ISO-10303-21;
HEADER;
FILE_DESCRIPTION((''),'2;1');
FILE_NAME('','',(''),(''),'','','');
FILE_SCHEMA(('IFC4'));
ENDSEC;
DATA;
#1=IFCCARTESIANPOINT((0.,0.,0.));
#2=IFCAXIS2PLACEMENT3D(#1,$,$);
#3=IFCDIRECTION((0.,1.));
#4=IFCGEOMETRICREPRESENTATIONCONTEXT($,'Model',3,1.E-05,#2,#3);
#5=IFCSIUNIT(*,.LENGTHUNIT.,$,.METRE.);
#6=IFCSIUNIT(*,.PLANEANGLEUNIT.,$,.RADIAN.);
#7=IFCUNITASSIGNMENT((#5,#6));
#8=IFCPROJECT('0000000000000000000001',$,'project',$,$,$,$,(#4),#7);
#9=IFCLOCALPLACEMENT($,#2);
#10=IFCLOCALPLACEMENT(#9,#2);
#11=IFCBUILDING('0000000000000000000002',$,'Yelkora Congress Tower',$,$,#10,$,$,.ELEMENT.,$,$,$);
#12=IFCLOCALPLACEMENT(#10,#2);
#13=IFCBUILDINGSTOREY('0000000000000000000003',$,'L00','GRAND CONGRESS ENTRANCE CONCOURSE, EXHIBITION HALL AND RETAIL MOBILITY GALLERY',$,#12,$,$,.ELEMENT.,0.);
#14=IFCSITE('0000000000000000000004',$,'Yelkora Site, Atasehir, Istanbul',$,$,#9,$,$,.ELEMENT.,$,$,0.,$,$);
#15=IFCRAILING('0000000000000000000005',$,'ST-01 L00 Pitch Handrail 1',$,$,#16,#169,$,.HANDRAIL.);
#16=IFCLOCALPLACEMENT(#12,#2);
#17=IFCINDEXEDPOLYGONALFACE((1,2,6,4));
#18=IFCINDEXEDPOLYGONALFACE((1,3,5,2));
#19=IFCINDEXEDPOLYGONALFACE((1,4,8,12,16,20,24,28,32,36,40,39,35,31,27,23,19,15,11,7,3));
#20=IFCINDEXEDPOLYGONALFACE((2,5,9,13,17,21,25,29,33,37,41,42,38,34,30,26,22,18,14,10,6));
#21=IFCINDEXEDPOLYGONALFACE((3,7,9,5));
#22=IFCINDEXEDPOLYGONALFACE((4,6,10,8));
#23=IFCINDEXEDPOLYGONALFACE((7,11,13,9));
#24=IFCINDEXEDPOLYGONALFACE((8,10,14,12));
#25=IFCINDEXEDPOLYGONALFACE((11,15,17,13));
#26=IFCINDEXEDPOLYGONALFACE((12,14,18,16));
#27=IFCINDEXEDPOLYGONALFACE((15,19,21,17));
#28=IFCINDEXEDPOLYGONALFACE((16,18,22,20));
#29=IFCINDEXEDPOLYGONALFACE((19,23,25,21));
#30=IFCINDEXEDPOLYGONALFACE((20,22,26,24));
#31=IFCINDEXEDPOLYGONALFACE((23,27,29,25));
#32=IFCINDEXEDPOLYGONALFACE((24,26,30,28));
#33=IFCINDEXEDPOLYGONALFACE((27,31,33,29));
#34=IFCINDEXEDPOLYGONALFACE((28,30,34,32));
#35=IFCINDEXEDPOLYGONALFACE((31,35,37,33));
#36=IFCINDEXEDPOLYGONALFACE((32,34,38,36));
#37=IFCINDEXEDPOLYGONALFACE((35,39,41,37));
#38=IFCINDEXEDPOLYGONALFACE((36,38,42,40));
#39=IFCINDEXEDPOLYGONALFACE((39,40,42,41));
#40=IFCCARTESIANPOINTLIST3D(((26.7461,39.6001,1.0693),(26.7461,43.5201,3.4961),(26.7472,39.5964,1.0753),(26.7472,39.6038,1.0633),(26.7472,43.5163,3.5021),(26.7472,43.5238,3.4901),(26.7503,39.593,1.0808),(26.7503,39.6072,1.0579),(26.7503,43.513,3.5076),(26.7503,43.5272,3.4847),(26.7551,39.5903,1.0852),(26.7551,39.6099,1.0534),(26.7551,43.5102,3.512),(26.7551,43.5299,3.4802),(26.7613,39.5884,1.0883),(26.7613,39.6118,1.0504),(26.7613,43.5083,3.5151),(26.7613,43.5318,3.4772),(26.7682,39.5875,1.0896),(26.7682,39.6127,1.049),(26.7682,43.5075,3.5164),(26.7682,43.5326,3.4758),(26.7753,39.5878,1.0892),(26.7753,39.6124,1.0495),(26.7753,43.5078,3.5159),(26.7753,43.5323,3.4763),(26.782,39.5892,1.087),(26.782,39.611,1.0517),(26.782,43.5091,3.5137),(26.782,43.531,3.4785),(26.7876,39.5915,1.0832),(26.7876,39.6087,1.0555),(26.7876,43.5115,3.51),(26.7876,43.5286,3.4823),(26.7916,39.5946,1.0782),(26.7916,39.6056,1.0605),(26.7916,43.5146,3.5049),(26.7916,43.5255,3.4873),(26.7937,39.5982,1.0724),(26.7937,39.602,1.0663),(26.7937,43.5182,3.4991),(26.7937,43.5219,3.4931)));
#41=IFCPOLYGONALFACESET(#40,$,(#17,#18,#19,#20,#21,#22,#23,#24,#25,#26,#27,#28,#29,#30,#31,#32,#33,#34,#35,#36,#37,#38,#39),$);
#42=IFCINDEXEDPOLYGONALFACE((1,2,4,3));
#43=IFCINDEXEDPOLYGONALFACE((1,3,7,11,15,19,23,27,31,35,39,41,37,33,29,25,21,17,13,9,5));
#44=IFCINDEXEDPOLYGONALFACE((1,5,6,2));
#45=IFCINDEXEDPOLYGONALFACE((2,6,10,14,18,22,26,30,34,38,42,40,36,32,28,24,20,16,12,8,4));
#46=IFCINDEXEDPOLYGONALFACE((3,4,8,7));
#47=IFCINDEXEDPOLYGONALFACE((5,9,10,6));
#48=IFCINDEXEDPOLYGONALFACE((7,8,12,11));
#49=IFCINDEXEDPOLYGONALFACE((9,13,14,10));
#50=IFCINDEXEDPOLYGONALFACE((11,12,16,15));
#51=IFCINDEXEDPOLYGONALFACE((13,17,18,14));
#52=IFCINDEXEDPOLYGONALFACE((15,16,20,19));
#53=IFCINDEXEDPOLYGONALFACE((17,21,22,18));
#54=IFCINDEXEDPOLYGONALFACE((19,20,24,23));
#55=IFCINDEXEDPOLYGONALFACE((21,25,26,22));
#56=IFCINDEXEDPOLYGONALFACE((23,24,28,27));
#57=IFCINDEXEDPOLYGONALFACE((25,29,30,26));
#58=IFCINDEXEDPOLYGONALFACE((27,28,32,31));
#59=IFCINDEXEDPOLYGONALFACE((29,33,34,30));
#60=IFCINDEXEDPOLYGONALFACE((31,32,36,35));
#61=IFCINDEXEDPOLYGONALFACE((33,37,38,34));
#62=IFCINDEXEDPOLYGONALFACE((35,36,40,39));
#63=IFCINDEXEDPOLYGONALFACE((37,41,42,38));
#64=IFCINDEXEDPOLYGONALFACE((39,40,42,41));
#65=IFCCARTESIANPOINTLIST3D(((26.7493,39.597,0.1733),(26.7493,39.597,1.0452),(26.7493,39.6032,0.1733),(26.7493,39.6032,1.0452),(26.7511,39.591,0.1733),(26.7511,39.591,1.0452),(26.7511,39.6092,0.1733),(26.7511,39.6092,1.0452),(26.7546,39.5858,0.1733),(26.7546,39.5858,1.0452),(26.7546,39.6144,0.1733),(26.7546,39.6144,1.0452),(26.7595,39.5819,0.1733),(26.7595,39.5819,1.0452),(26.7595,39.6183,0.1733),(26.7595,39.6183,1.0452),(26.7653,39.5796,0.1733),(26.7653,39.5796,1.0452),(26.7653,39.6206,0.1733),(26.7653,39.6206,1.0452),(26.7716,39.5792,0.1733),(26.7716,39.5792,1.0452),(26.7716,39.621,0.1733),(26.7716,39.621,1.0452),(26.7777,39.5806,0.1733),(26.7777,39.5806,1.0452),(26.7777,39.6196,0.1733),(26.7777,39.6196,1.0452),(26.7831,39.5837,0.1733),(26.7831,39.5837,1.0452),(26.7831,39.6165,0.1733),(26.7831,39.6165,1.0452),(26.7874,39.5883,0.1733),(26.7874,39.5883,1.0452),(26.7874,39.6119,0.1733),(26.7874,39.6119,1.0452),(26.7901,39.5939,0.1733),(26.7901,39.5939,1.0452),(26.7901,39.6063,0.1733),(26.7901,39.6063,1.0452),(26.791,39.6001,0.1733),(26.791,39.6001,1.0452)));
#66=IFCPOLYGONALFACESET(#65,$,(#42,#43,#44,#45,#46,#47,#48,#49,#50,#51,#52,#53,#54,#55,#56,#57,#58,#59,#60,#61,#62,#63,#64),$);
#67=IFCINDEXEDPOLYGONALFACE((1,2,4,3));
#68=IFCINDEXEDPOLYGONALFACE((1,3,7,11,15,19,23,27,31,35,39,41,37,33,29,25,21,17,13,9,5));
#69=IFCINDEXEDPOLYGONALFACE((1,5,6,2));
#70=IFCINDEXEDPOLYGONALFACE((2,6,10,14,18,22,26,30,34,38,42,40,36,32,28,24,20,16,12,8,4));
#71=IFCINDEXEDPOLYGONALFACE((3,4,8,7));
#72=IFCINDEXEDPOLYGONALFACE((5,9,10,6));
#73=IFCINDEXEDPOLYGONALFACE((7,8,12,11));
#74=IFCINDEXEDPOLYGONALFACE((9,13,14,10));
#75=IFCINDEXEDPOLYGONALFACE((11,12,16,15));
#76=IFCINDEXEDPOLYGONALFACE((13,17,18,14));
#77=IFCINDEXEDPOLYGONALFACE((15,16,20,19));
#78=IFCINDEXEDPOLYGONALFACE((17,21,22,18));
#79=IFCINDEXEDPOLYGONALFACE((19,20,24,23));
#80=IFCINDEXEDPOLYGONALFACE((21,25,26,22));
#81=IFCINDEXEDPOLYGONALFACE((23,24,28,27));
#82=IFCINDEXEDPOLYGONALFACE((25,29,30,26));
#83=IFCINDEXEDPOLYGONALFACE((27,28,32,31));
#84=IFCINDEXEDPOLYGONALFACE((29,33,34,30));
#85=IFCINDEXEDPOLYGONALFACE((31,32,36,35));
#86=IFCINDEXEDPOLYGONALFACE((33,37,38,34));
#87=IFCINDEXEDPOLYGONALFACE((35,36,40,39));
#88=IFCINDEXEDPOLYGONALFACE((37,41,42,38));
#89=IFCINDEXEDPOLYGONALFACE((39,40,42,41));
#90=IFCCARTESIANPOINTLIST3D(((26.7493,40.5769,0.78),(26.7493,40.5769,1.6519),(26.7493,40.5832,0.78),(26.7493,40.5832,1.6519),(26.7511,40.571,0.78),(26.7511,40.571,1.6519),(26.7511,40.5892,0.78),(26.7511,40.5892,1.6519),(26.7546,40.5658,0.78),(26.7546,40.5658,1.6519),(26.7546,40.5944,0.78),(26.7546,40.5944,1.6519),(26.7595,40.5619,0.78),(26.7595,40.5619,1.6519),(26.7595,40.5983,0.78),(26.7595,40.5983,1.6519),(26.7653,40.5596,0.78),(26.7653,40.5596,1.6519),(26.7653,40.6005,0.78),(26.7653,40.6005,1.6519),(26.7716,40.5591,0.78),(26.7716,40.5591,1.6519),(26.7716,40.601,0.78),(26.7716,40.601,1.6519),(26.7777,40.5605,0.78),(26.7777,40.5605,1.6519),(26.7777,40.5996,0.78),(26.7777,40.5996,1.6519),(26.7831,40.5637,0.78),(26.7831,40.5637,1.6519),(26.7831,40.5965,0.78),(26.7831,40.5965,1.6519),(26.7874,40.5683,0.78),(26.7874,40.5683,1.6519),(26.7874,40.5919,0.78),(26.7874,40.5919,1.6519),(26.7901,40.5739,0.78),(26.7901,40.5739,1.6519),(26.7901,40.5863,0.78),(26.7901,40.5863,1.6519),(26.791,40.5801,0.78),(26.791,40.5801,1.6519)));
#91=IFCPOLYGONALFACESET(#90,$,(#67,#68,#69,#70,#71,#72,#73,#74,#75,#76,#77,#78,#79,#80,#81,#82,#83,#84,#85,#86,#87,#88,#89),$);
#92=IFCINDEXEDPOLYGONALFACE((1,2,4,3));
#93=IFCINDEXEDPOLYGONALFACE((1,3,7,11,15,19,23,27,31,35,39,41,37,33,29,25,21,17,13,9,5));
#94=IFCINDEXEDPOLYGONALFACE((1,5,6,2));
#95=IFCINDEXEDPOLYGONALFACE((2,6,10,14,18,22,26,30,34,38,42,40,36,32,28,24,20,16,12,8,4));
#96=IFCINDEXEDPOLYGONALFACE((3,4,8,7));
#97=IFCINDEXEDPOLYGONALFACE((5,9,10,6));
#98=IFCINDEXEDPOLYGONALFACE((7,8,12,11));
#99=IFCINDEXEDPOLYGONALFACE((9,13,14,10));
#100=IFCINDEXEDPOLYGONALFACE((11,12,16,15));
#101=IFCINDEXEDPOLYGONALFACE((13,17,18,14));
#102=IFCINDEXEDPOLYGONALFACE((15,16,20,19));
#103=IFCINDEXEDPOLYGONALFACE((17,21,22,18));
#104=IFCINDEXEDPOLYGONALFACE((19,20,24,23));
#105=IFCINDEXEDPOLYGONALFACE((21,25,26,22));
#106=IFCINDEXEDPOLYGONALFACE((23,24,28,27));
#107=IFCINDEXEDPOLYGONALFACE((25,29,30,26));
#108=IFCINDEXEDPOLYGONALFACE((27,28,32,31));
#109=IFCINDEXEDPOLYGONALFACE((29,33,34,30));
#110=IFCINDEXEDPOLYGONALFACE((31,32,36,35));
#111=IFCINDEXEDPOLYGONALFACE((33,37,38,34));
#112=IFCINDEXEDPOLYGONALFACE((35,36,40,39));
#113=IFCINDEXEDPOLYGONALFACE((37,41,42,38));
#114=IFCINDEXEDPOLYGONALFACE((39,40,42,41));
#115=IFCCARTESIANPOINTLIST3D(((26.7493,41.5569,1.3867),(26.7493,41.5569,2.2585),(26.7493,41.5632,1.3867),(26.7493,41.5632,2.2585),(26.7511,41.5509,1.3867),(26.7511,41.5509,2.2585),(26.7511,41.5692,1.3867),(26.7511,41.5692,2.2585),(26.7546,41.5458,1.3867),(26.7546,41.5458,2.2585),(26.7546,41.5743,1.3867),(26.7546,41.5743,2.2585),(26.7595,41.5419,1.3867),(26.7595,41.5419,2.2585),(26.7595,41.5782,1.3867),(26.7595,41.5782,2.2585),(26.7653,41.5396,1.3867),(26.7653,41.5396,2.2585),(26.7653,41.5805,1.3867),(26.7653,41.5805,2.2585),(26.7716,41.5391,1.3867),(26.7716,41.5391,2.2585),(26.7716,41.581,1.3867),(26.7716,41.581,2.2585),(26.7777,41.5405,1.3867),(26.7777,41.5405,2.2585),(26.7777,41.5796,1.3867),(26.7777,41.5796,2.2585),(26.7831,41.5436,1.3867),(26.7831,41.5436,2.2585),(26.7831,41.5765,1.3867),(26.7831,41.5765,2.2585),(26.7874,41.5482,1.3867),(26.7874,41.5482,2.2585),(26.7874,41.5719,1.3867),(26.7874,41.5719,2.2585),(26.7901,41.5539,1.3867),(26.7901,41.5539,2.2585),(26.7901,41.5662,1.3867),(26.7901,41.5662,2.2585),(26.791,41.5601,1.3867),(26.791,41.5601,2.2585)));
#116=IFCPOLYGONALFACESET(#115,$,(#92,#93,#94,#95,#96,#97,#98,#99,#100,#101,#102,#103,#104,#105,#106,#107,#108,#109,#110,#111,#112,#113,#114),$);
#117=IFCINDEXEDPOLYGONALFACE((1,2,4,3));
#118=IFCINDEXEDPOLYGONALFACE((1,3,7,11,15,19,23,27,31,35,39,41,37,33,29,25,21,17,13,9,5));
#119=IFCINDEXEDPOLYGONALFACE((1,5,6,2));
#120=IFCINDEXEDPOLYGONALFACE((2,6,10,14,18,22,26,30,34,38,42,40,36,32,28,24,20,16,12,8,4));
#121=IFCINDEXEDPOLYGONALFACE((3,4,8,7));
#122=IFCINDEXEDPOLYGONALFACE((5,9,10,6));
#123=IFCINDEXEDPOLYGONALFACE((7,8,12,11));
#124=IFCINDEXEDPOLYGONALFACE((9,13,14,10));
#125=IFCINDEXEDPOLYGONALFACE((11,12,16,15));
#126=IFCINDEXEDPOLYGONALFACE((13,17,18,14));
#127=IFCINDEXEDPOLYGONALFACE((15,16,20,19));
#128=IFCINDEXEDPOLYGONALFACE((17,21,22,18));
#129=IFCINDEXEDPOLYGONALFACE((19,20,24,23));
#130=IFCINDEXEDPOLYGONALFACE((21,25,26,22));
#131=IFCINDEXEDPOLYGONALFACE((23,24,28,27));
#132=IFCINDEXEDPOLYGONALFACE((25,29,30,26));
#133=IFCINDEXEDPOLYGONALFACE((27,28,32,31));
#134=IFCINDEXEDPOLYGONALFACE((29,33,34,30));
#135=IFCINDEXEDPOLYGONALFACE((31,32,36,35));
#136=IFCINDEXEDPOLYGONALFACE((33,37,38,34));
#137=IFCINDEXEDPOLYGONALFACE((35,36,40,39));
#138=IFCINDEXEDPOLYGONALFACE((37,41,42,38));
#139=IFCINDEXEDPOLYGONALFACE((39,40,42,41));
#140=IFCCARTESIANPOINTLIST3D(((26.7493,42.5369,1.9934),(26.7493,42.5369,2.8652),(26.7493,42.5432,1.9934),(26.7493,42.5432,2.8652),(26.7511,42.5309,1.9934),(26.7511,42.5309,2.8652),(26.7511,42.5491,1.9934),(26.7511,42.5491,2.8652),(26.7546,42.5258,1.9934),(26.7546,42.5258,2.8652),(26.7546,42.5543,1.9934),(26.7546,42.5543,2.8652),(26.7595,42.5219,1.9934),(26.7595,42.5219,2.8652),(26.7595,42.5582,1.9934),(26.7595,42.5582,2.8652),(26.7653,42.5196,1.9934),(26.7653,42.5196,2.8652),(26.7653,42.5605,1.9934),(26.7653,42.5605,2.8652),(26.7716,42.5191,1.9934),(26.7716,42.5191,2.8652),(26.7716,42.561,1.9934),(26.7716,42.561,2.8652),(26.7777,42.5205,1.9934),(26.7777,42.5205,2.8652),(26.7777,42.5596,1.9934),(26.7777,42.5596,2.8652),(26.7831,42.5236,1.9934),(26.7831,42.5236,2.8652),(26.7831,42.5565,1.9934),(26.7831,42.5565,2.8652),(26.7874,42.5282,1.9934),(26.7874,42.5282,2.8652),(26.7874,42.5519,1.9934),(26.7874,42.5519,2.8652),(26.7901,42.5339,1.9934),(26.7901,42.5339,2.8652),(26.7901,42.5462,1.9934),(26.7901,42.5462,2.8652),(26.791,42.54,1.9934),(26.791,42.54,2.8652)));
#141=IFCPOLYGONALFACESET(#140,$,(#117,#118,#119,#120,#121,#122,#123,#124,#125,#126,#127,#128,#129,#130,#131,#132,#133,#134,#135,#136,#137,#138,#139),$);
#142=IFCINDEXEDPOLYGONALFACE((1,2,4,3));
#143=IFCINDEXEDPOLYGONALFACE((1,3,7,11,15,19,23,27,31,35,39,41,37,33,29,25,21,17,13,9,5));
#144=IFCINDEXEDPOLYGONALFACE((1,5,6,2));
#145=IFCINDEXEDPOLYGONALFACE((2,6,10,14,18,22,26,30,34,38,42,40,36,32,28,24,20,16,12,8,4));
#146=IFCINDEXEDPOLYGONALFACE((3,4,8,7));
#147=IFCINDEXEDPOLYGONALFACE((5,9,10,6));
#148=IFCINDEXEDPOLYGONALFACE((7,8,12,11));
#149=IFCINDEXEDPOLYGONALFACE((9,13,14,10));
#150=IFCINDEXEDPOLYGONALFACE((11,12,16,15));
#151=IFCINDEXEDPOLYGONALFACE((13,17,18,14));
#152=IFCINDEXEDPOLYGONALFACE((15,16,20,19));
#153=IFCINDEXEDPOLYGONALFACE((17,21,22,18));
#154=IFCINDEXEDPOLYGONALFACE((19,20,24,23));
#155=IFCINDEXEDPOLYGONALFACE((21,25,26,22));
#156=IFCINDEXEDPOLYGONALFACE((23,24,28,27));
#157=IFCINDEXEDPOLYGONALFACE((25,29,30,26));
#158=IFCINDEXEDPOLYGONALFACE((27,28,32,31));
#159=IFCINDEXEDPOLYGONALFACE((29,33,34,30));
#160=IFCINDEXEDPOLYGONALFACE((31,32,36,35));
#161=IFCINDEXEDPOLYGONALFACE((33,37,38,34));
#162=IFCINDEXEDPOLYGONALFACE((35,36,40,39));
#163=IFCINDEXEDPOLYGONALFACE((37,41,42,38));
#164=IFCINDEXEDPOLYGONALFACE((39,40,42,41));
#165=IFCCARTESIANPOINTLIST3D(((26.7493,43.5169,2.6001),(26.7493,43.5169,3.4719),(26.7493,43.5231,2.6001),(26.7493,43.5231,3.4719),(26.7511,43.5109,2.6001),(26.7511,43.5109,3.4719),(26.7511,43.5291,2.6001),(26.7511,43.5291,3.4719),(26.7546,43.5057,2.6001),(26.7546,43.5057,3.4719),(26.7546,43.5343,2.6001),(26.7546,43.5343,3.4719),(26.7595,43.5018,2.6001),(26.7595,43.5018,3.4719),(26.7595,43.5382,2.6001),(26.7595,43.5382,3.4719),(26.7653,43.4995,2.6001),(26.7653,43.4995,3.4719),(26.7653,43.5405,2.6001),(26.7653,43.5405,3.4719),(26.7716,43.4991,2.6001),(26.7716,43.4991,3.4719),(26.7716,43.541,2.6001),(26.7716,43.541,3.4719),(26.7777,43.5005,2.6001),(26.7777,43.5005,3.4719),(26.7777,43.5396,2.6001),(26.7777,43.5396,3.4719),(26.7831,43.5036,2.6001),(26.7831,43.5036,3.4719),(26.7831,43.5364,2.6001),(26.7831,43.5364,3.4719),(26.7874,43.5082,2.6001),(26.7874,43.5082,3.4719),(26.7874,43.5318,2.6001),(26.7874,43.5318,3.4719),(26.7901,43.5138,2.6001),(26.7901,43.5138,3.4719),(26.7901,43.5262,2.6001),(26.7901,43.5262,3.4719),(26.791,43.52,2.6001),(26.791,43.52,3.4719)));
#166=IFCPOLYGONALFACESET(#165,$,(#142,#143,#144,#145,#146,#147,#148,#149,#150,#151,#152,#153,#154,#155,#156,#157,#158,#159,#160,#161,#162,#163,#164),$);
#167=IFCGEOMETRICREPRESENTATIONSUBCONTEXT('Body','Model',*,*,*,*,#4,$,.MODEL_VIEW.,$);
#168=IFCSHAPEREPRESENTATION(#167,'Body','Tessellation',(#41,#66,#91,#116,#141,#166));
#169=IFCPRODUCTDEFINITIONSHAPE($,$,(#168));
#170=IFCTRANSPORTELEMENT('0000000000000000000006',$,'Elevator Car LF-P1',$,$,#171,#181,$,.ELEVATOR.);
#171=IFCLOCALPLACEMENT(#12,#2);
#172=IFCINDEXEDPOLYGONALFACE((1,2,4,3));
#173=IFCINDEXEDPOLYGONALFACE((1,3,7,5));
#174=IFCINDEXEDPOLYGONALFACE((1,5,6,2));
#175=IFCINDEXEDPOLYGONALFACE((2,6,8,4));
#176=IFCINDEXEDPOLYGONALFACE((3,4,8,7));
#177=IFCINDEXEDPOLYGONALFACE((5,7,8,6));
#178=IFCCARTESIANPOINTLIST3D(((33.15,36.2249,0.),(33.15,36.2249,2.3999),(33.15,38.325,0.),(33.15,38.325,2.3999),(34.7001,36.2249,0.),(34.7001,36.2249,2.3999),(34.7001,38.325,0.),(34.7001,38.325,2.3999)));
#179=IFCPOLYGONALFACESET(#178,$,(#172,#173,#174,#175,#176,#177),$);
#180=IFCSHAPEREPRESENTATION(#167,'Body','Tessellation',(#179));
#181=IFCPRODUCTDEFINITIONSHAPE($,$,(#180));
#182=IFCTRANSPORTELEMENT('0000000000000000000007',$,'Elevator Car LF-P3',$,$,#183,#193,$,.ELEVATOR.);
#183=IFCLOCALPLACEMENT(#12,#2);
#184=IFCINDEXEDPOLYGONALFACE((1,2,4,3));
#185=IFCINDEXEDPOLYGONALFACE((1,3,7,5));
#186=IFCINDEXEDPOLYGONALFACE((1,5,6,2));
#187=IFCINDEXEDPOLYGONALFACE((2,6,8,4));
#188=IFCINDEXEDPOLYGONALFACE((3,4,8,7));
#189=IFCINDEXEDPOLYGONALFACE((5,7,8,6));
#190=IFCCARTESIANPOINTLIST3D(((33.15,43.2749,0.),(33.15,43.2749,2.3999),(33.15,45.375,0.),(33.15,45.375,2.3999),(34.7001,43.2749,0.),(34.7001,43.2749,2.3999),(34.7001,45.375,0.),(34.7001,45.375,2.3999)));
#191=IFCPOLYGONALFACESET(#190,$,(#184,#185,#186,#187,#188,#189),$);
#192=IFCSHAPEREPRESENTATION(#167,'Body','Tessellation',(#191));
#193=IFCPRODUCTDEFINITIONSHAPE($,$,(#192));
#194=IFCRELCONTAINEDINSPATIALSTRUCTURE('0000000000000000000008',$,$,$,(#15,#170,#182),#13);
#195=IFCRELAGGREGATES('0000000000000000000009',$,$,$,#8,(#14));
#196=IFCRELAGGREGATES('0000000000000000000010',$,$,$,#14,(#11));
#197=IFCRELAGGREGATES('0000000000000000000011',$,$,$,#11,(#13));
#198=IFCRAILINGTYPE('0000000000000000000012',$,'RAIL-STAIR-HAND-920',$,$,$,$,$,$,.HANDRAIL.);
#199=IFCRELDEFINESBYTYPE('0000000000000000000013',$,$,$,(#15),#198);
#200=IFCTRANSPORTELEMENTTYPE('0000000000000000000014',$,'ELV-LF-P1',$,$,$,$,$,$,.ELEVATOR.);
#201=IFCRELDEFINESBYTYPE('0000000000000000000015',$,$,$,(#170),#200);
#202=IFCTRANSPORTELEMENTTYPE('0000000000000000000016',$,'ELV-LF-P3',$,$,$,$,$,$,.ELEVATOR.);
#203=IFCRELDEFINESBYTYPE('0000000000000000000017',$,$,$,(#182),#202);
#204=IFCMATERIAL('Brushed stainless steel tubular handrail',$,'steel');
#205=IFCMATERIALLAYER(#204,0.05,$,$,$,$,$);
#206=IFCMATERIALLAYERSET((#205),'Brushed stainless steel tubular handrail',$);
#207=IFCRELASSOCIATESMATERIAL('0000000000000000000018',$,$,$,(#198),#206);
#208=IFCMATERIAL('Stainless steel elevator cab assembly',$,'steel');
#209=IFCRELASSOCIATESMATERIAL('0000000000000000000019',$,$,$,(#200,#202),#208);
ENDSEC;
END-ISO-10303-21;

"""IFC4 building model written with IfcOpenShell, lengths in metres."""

from ifc_helpers import new_model, si_unit, direction, frame, origin, origin_2d, place, context, subcontext, project, spatial, rectangle, circle, extrude, material, layer, layer_set, type_object, element, save


model = new_model("IFC4")

# Units and contexts
model_context = context("Model", 3, precision=1e-05, world=origin(), true_north=direction((0.0, 1.0)))
body_context = subcontext(model_context, "Body", "Model", "MODEL_VIEW")
ifc_project = project(units=[si_unit("LENGTHUNIT", "METRE"), si_unit("PLANEANGLEUNIT", "RADIAN")], contexts=[model_context])

# Site, building, storey
site_placement = place(None, origin())
site = spatial("IfcSite", under=ifc_project, at=site_placement, Name="Yelkora Site, Atasehir, Istanbul", CompositionType="ELEMENT", RefElevation=0.0)
building_placement = place(site_placement, origin())
building = spatial("IfcBuilding", under=site, at=building_placement, Name="Yelkora Congress Tower", CompositionType="ELEMENT")
storey_placement = place(building_placement, origin())
storey = spatial("IfcBuildingStorey", under=building, at=storey_placement, Name="L00", Description="GRAND CONGRESS ENTRANCE CONCOURSE, EXHIBITION HALL AND RETAIL MOBILITY GALLERY", CompositionType="ELEMENT", Elevation=0.0)

# Railing
ifc_material_1 = material(Name="Brushed stainless steel tubular handrail", Category="steel")
ifc_layer_1 = layer(ifc_material_1, 0.05)
ifc_layer_set_1 = layer_set([ifc_layer_1], Name="Brushed stainless steel tubular handrail")
railing_type_1 = type_object("IfcRailingType", Name="RAIL-STAIR-HAND-920", PredefinedType="HANDRAIL", material=ifc_layer_set_1)
railing_1_placement = place(storey_placement, frame((26.77, 39.6001, 0.1733)))
element("IfcRailing", 1, at=railing_1_placement, inside=storey, type_object=railing_type_1, Name="ST-01 L00 Pitch Handrail 1", PredefinedType="HANDRAIL", context=body_context, shape_type="SweptSolid", body=[
    extrude(circle(Radius=0.0239, at=origin_2d()), frame((0.0, 0.0, 0.896), z_axis=(0.0, 0.850252, 0.526376), x_axis=(-1.0, 0.0, 0.0)), (0.0, 0.0, 1.0), 4.6104),
    extrude(circle(Radius=0.021, at=origin_2d()), origin(), (0.0, 0.0, 1.0), 0.8718),
    extrude(circle(Radius=0.021, at=origin_2d()), frame((0.0, 0.98, 0.6067)), (0.0, 0.0, 1.0), 0.8718),
    extrude(circle(Radius=0.021, at=origin_2d()), frame((0.0, 1.96, 1.2134)), (0.0, 0.0, 1.0), 0.8718),
    extrude(circle(Radius=0.021, at=origin_2d()), frame((0.0, 2.9399, 1.8201)), (0.0, 0.0, 1.0), 0.8718),
    extrude(circle(Radius=0.021, at=origin_2d()), frame((0.0, 3.9199, 2.4268)), (0.0, 0.0, 1.0), 0.8718),
])

# Transport elements
ifc_material_2 = material(Name="Stainless steel elevator cab assembly", Category="steel")
transport_element_type_1 = type_object("IfcTransportElementType", Name="ELV-LF-P1", PredefinedType="ELEVATOR", material=ifc_material_2)
transport_element_1_placement = place(storey_placement, frame((33.925, 37.2749, 0.0), z_axis=(0.0, 0.0, 1.0), x_axis=(1.0, 0.0, 0.0)))
element("IfcTransportElement", 2, at=transport_element_1_placement, inside=storey, type_object=transport_element_type_1, Name="Elevator Car LF-P1", PredefinedType="ELEVATOR", context=body_context, shape_type="SweptSolid", body=[
    extrude(rectangle(XDim=1.55, YDim=2.1001, at=origin_2d()), origin(), (0.0, 0.0, 1.0), 2.3999),
])
transport_element_type_2 = type_object("IfcTransportElementType", Name="ELV-LF-P3", PredefinedType="ELEVATOR", material=ifc_material_2)
transport_element_2_placement = place(storey_placement, frame((33.925, 44.325, 0.0), z_axis=(0.0, 0.0, 1.0), x_axis=(1.0, 0.0, 0.0)))
element("IfcTransportElement", 3, at=transport_element_2_placement, inside=storey, type_object=transport_element_type_2, Name="Elevator Car LF-P3", PredefinedType="ELEVATOR", context=body_context, shape_type="SweptSolid", body=[
    extrude(rectangle(XDim=1.55, YDim=2.1001, at=origin_2d()), origin(), (0.0, 0.0, 1.0), 2.3999),
])

save(model, "model.ifc")
